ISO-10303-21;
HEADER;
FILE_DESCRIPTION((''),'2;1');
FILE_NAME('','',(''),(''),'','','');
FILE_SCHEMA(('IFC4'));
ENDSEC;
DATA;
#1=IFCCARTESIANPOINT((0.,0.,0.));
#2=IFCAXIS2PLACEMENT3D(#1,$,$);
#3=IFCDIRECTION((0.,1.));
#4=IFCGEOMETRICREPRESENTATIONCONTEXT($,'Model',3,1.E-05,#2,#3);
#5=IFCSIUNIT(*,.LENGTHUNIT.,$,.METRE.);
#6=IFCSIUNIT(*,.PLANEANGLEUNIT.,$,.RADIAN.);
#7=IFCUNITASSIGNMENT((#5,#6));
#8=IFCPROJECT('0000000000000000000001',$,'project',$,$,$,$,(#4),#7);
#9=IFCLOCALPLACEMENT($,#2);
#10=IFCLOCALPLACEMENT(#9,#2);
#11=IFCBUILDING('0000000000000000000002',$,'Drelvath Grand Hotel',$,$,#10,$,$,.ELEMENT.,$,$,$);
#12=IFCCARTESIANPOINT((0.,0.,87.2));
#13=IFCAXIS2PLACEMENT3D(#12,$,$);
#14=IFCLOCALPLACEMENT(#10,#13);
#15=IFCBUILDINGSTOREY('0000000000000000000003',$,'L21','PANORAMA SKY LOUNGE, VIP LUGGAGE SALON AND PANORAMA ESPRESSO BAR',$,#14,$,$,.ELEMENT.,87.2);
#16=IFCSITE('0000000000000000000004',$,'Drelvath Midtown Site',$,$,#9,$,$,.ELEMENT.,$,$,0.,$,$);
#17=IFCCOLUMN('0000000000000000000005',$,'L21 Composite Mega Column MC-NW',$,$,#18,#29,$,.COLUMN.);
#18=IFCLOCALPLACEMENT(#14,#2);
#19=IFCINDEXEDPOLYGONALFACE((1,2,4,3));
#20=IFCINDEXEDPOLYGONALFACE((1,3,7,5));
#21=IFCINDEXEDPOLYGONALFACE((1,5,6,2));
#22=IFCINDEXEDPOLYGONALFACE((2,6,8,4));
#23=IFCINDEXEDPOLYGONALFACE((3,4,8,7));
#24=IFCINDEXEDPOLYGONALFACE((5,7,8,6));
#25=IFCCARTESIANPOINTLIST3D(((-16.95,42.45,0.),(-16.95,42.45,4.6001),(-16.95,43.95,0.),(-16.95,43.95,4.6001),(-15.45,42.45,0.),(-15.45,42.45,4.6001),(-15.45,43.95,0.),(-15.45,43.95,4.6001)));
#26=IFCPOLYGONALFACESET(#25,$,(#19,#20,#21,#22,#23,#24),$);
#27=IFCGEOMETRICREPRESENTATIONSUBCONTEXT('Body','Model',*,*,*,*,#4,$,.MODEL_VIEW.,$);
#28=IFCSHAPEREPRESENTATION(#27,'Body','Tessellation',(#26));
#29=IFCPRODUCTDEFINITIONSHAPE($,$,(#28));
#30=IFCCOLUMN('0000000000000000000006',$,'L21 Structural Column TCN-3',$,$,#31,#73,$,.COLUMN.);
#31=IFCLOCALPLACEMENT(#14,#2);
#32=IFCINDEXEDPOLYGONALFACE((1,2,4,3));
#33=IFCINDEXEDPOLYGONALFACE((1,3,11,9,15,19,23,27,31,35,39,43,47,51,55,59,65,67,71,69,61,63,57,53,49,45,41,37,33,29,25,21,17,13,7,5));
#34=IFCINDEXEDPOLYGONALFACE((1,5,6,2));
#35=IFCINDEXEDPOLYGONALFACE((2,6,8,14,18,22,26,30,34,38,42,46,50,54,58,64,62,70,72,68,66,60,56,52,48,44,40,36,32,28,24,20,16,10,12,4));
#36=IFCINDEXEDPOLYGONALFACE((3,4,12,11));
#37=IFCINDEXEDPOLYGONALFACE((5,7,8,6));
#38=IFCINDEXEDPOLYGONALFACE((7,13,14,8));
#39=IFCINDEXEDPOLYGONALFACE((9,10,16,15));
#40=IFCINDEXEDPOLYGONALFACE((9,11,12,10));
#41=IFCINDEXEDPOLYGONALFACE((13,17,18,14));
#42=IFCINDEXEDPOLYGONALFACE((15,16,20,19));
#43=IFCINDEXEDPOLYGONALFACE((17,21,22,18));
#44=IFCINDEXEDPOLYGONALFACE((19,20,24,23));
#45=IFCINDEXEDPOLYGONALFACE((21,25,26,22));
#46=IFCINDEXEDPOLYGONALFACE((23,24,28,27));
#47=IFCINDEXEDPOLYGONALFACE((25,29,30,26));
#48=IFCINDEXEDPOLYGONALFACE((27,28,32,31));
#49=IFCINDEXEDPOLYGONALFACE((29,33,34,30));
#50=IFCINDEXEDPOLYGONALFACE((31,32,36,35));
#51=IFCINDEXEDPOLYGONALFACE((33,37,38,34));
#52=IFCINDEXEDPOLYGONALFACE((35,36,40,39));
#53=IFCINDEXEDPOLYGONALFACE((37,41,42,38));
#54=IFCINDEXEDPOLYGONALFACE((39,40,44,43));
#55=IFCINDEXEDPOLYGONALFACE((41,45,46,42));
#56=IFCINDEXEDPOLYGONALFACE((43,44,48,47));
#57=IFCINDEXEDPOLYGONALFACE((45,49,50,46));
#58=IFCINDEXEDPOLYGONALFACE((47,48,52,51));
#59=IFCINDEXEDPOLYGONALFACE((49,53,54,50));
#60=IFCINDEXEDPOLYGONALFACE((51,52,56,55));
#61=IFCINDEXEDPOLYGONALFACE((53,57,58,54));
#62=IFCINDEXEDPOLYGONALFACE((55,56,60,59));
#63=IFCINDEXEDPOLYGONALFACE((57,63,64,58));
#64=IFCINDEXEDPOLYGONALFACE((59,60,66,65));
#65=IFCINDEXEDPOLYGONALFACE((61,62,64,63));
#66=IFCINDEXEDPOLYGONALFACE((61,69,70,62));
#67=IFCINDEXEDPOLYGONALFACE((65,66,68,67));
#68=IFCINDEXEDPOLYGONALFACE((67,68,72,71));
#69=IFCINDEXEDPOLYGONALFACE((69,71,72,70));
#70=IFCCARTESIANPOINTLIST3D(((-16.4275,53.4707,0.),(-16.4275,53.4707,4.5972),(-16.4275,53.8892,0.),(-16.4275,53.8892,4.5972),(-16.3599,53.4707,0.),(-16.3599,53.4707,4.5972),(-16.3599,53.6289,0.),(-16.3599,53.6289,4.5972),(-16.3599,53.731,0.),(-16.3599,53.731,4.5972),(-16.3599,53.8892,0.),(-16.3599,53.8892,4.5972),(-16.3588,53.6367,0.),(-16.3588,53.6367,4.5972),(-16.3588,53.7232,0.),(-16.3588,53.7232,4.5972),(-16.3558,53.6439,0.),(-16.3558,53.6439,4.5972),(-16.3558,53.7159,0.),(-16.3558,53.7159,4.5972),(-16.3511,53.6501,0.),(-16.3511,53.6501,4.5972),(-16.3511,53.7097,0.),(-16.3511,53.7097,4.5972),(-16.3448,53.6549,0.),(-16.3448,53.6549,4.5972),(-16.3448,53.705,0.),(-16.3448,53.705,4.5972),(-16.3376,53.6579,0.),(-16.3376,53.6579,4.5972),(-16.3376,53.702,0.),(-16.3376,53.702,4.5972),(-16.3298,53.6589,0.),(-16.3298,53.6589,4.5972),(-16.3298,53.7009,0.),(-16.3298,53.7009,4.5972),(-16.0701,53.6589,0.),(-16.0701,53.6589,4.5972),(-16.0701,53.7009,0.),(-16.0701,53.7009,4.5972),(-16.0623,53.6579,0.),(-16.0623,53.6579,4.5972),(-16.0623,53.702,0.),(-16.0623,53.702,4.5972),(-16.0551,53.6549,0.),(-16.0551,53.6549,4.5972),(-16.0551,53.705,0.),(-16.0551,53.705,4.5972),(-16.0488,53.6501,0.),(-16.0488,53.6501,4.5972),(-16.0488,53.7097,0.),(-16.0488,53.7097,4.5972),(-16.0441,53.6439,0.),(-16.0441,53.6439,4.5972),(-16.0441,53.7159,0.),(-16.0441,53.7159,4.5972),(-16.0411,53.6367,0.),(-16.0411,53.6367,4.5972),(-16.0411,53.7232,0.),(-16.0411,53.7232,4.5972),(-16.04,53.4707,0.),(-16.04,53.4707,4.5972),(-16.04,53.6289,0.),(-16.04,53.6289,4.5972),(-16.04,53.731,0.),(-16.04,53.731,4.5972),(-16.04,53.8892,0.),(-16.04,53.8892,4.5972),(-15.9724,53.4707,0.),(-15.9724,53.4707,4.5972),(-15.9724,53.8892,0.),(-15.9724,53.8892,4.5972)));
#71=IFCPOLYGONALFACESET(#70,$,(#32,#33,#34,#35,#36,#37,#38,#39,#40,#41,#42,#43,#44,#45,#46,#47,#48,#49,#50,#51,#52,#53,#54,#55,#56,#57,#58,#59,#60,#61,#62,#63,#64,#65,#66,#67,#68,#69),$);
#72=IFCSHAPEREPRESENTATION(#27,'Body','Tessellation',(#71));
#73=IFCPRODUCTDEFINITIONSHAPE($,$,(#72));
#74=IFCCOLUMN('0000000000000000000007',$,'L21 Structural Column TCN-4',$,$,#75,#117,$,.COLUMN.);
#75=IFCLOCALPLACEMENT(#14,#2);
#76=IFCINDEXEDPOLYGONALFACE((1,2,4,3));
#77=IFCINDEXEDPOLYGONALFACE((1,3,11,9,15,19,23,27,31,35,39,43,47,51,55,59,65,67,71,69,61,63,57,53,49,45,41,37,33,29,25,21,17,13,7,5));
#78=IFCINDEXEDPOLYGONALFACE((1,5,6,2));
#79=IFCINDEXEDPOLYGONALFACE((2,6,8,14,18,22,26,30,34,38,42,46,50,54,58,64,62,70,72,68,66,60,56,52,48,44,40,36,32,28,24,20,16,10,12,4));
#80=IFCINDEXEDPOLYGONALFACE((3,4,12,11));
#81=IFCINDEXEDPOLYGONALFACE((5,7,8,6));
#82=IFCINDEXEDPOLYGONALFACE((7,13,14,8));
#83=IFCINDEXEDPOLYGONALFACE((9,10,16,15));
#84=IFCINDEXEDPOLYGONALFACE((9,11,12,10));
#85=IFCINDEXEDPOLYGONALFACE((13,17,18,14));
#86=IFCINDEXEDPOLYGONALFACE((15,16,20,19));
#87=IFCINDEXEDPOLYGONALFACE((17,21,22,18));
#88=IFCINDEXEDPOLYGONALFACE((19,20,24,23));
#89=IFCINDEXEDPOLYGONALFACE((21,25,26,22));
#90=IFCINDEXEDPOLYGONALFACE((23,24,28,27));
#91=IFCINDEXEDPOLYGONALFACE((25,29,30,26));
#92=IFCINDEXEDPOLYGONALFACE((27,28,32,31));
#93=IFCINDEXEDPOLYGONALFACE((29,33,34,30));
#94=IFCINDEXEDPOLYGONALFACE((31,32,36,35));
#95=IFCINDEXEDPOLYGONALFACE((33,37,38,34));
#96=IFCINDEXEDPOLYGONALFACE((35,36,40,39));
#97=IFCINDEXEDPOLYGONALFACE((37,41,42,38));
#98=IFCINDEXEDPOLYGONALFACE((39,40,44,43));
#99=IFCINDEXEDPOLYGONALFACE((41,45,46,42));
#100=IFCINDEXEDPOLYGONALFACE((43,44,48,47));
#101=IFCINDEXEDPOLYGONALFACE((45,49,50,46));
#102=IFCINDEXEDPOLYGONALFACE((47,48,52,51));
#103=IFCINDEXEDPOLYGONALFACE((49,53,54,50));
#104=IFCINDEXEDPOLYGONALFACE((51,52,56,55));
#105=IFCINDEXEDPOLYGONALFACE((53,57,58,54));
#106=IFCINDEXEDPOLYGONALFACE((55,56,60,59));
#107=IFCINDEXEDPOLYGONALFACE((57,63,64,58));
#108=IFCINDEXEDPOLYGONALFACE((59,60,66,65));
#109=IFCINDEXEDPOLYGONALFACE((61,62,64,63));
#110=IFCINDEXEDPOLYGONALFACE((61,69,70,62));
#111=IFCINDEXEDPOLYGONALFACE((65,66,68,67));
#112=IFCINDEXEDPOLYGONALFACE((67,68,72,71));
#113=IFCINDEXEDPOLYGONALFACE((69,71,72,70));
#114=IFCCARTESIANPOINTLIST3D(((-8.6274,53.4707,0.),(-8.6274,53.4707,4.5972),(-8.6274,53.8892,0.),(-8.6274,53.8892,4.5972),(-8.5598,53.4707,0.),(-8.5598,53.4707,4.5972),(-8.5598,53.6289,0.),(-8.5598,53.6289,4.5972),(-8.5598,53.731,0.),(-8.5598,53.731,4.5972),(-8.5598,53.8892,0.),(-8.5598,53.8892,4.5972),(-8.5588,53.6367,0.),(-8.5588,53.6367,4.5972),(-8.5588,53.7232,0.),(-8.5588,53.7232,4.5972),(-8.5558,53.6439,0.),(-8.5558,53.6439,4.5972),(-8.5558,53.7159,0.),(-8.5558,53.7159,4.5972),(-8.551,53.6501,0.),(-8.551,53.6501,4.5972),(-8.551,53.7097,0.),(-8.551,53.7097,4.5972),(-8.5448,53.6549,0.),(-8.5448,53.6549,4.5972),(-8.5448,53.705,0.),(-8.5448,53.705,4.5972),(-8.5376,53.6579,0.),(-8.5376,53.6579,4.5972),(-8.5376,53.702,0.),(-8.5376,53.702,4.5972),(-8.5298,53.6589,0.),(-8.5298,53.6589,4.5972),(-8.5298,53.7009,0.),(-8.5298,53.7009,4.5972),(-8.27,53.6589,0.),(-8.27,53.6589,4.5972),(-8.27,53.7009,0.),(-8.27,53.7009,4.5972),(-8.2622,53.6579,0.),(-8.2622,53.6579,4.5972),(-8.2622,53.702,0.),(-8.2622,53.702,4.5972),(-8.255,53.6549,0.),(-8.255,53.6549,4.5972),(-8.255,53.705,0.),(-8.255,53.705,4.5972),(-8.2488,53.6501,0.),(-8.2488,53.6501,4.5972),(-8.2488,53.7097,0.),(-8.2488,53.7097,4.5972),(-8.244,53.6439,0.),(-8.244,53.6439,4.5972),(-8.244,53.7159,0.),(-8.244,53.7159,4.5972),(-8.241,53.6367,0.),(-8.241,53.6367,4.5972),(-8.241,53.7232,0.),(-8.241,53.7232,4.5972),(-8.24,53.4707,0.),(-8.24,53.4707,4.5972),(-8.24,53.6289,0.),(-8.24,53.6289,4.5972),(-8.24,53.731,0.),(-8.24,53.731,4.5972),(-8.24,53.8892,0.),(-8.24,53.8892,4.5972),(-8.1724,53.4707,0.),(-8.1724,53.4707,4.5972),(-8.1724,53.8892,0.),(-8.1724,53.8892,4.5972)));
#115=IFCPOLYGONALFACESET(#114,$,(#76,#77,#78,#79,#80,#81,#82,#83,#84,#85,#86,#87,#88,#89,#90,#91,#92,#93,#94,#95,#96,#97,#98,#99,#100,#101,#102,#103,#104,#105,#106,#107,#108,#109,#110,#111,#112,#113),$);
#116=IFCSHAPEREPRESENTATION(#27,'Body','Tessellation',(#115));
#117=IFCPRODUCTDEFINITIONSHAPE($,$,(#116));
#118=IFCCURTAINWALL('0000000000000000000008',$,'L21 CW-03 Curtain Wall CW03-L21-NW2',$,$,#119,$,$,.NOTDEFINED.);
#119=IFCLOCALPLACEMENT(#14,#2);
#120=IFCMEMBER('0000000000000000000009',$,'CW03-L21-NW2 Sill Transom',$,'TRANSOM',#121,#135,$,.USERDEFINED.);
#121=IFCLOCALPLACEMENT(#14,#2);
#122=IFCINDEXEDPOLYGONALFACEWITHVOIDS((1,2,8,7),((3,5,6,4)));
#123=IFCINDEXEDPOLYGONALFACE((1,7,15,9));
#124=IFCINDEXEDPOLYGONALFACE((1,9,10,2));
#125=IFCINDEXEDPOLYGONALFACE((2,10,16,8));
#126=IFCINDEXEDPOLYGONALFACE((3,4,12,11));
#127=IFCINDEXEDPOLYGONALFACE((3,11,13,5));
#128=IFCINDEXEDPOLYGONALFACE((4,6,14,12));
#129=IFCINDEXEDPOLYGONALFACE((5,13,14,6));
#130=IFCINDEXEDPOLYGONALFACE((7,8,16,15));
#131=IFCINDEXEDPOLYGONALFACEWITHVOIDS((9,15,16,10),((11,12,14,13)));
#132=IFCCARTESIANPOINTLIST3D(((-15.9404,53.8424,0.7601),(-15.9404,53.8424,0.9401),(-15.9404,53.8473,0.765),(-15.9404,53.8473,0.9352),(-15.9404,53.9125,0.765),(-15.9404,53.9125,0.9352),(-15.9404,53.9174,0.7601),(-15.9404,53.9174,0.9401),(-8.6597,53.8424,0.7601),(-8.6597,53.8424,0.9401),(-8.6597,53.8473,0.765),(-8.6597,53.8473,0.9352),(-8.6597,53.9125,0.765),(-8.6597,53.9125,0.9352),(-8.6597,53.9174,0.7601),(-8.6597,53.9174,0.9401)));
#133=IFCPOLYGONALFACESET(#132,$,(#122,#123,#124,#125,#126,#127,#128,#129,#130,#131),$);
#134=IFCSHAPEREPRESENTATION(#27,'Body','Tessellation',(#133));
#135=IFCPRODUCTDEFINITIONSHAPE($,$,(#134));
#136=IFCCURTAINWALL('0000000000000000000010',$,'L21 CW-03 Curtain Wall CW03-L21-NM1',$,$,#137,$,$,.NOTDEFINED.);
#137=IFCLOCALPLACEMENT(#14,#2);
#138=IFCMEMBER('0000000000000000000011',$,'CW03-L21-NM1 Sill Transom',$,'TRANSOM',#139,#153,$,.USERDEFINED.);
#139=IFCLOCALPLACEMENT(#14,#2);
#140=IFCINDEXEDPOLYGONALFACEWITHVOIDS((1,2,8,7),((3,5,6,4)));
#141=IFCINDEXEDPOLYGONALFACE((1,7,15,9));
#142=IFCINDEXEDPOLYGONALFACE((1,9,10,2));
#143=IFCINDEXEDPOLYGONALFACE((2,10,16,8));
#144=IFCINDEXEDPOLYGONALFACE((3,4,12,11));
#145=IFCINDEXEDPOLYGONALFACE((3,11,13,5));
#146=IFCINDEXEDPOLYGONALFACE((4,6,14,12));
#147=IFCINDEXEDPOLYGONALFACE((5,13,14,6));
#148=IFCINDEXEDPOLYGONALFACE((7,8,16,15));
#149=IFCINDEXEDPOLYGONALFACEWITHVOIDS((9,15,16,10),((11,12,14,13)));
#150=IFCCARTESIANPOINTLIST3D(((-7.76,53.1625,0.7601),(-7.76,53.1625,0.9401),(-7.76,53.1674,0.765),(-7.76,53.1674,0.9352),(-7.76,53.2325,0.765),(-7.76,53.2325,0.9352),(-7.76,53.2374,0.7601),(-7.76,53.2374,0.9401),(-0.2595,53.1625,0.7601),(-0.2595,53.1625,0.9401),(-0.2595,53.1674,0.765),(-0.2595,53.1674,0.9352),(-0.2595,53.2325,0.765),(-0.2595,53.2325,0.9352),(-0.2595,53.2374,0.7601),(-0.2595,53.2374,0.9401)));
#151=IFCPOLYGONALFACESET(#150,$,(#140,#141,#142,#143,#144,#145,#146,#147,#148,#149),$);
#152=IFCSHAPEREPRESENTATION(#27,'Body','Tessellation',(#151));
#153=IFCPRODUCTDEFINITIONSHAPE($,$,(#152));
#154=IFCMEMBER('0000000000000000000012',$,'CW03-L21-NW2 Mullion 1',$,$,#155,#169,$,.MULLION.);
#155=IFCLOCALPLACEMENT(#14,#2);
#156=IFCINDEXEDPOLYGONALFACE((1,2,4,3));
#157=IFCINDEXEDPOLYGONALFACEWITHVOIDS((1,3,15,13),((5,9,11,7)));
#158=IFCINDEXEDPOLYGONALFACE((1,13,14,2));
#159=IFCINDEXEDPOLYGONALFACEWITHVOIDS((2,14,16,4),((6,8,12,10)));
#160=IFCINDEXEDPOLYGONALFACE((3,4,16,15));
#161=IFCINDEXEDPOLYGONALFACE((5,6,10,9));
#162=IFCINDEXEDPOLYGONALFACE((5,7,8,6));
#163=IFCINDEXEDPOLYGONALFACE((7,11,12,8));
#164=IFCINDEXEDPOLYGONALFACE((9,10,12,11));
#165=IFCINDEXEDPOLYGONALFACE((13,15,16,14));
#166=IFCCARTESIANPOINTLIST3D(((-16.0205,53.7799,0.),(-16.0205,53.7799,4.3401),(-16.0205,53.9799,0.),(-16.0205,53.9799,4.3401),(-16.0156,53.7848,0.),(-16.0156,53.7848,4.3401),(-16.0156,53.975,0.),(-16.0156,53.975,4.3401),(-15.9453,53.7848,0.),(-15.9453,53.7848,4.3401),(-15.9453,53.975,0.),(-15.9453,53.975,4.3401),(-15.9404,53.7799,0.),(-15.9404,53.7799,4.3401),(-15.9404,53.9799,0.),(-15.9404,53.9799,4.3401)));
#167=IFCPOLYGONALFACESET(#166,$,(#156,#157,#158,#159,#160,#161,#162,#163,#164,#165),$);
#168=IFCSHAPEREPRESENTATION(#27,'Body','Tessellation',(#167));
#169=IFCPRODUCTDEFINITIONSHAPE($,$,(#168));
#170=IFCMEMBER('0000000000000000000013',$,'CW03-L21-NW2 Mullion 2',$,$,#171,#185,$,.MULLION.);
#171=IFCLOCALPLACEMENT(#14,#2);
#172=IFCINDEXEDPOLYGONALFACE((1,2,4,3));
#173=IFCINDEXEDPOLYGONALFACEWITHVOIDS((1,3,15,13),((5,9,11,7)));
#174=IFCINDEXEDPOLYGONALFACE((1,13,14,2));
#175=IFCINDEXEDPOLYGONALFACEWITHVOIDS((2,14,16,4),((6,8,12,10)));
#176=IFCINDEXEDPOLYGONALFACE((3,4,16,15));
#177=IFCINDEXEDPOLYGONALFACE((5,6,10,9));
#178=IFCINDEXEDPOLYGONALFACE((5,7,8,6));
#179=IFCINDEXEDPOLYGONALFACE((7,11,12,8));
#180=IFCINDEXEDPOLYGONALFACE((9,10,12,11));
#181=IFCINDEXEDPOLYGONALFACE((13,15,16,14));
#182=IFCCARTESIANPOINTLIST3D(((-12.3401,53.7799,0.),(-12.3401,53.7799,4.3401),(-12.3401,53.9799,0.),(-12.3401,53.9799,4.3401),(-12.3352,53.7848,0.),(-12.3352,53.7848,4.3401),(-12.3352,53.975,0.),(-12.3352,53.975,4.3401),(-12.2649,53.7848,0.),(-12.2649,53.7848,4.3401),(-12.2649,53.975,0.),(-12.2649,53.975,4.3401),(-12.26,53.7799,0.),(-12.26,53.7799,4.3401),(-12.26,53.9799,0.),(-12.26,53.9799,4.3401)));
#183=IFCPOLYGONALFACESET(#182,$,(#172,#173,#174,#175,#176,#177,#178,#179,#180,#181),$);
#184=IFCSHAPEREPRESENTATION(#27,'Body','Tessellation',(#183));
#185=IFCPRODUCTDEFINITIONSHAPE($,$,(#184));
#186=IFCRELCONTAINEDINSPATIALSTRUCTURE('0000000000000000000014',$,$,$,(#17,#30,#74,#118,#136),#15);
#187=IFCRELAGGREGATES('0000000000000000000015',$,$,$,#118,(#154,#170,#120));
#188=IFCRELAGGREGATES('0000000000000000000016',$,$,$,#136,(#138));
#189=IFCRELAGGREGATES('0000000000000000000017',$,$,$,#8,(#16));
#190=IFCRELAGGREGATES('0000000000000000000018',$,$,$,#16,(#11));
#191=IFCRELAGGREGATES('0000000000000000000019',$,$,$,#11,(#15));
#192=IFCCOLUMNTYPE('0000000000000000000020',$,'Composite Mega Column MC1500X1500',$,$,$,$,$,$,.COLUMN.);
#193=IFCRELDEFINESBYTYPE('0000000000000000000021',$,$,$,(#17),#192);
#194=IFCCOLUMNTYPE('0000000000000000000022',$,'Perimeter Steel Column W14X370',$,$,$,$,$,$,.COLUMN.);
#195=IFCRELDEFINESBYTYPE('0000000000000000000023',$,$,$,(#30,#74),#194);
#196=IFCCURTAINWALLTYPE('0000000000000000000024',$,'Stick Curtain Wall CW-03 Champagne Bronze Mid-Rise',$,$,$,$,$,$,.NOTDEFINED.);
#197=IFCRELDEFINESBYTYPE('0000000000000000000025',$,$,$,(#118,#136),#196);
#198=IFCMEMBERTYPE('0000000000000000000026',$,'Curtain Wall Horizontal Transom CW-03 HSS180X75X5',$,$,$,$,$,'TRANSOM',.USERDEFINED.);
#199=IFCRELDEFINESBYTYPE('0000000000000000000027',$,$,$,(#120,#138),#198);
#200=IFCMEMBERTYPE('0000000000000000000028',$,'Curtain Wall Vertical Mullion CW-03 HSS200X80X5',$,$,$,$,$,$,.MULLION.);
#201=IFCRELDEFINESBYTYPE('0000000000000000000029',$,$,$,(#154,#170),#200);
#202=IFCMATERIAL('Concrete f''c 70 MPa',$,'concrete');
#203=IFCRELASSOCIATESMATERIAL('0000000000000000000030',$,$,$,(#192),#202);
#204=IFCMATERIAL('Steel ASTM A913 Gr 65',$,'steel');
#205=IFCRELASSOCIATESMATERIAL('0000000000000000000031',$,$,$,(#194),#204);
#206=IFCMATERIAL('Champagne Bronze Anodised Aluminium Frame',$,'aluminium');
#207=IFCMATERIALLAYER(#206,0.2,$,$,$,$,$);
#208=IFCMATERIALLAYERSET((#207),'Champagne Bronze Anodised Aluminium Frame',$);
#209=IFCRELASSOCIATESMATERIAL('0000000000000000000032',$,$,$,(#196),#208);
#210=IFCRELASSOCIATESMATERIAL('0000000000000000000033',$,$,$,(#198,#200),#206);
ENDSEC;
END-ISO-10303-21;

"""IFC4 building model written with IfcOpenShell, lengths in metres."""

from ifc_helpers import new_model, si_unit, direction, frame, origin, origin_2d, place, context, subcontext, project, spatial, rectangle, hollow_rectangle, i_section, extrude, material, layer, layer_set, material_profile, profile_set, type_object, element, aggregate, save


model = new_model("IFC4")

# Units and contexts
model_context = context("Model", 3, precision=1e-05, world=origin(), true_north=direction((0.0, 1.0)))
body_context = subcontext(model_context, "Body", "Model", "MODEL_VIEW")
ifc_project = project(units=[si_unit("LENGTHUNIT", "METRE"), si_unit("PLANEANGLEUNIT", "RADIAN")], contexts=[model_context])

# Site, building, storey
site_placement = place(None, origin())
site = spatial("IfcSite", under=ifc_project, at=site_placement, Name="Drelvath Midtown Site", CompositionType="ELEMENT", RefElevation=0.0)
building_placement = place(site_placement, origin())
building = spatial("IfcBuilding", under=site, at=building_placement, Name="Drelvath Grand Hotel", CompositionType="ELEMENT")
storey_placement = place(building_placement, frame((0.0, 0.0, 87.2)))
storey = spatial("IfcBuildingStorey", under=building, at=storey_placement, Name="L21", Description="PANORAMA SKY LOUNGE, VIP LUGGAGE SALON AND PANORAMA ESPRESSO BAR", CompositionType="ELEMENT", Elevation=87.2)

# Columns
ifc_material_1 = material(Name="Concrete f'c 70 MPa", Category="concrete")
ifc_material_profile_1 = material_profile(ifc_material_1, rectangle(XDim=1.5, YDim=1.5, at=origin_2d()), Name="MC1500X1500")
ifc_profile_set_1 = profile_set([ifc_material_profile_1], Name="Concrete f'c 70 MPa")
column_type_1 = type_object("IfcColumnType", Name="Composite Mega Column MC1500X1500", PredefinedType="COLUMN", material=ifc_profile_set_1)
column_placement = place(storey_placement, frame((-16.2, 43.2, 0.0), z_axis=(0.0, 0.0, 1.0), x_axis=(1.0, 0.0, 0.0)))
element("IfcColumn", 1, at=column_placement, inside=storey, type_object=column_type_1, Name="L21 Composite Mega Column MC-NW", PredefinedType="COLUMN", context=body_context, shape_type="SweptSolid", body=[
    extrude(rectangle(XDim=1.5, YDim=1.5, at=origin_2d()), origin(), (0.0, 0.0, 1.0), 4.6001),
])
ifc_material_2 = material(Name="Steel ASTM A913 Gr 65", Category="steel")
ifc_material_profile_2 = material_profile(ifc_material_2, i_section(OverallWidth=0.4185, OverallDepth=0.4551, WebThickness=0.042, FlangeThickness=0.0676, FilletRadius=0.03, at=origin_2d()), Name="W14X370")
ifc_profile_set_2 = profile_set([ifc_material_profile_2], Name="Steel ASTM A913 Gr 65")
column_type_2 = type_object("IfcColumnType", Name="Perimeter Steel Column W14X370", PredefinedType="COLUMN", material=ifc_profile_set_2)
for number, where, z_axis, x_axis, name in (
    (2, (-16.2, 53.6799, 0.0), (0.0, 0.0, 1.0), (0.0, 1.0, 0.0), "L21 Structural Column TCN-3"),
    (3, (-8.3999, 53.6799, 0.0), (0.0, 0.0, 1.0), (0.0, 1.0, 0.0), "L21 Structural Column TCN-4"),
):
    element("IfcColumn", number, at=place(storey_placement, frame(where, z_axis=z_axis, x_axis=x_axis)), inside=storey, type_object=column_type_2, Name=name, PredefinedType="COLUMN", context=body_context, shape_type="SweptSolid", body=[
        extrude(i_section(OverallWidth=0.4185, OverallDepth=0.4551, WebThickness=0.042, FlangeThickness=0.0676, FilletRadius=0.03, at=origin_2d()), origin(), (0.0, 0.0, 1.0), 4.5972),
    ])

# Curtain walls, members
ifc_material_3 = material(Name="Champagne Bronze Anodised Aluminium Frame", Category="aluminium")
ifc_layer_1 = layer(ifc_material_3, 0.2)
ifc_layer_set_1 = layer_set([ifc_layer_1], Name="Champagne Bronze Anodised Aluminium Frame")
curtain_wall_type = type_object("IfcCurtainWallType", Name="Stick Curtain Wall CW-03 Champagne Bronze Mid-Rise", PredefinedType="NOTDEFINED", material=ifc_layer_set_1)
curtain_wall_1_placement = place(storey_placement, origin())
curtain_wall_1 = element("IfcCurtainWall", 4, at=curtain_wall_1_placement, inside=storey, type_object=curtain_wall_type, Name="L21 CW-03 Curtain Wall CW03-L21-NW2", PredefinedType="NOTDEFINED")
ifc_material_profile_3 = material_profile(ifc_material_3, hollow_rectangle(XDim=0.075, YDim=0.1799, WallThickness=0.0049, at=origin_2d()), Name="HSS180X75X5")
ifc_profile_set_3 = profile_set([ifc_material_profile_3], Name="Champagne Bronze Anodised Aluminium Frame")
member_type_1 = type_object("IfcMemberType", Name="Curtain Wall Horizontal Transom CW-03 HSS180X75X5", ElementType="TRANSOM", PredefinedType="USERDEFINED", material=ifc_profile_set_3)
member_1_placement = place(storey_placement, frame((-15.9404, 53.8799, 0.8501), z_axis=(1.0, 0.0, 0.0), x_axis=(0.0, 1.0, 0.0)))
member_1 = element("IfcMember", 5, at=member_1_placement, type_object=member_type_1, Name="CW03-L21-NW2 Sill Transom", ObjectType="TRANSOM", PredefinedType="USERDEFINED", context=body_context, shape_type="SweptSolid", body=[
    extrude(hollow_rectangle(XDim=0.075, YDim=0.1799, WallThickness=0.0049, at=origin_2d()), origin(), (0.0, 0.0, 1.0), 7.2808),
])
curtain_wall_2_placement = place(storey_placement, origin())
curtain_wall_2 = element("IfcCurtainWall", 6, at=curtain_wall_2_placement, inside=storey, type_object=curtain_wall_type, Name="L21 CW-03 Curtain Wall CW03-L21-NM1", PredefinedType="NOTDEFINED")
member_2_placement = place(storey_placement, frame((-7.76, 53.2, 0.8501), z_axis=(1.0, 0.0, 0.0), x_axis=(0.0, 1.0, 0.0)))
member_2 = element("IfcMember", 7, at=member_2_placement, type_object=member_type_1, Name="CW03-L21-NM1 Sill Transom", ObjectType="TRANSOM", PredefinedType="USERDEFINED", context=body_context, shape_type="SweptSolid", body=[
    extrude(hollow_rectangle(XDim=0.075, YDim=0.1799, WallThickness=0.0049, at=origin_2d()), origin(), (0.0, 0.0, 1.0), 7.5005),
])

# Members
ifc_material_profile_4 = material_profile(ifc_material_3, hollow_rectangle(XDim=0.0801, YDim=0.2, WallThickness=0.0049, at=origin_2d()), Name="HSS200X80X5")
ifc_profile_set_4 = profile_set([ifc_material_profile_4], Name="Champagne Bronze Anodised Aluminium Frame")
member_type_2 = type_object("IfcMemberType", Name="Curtain Wall Vertical Mullion CW-03 HSS200X80X5", PredefinedType="MULLION", material=ifc_profile_set_4)
member_3_placement = place(storey_placement, frame((-15.9805, 53.8799, 0.0), z_axis=(0.0, 0.0, 1.0), x_axis=(1.0, 0.0, 0.0)))
member_3 = element("IfcMember", 8, at=member_3_placement, type_object=member_type_2, Name="CW03-L21-NW2 Mullion 1", PredefinedType="MULLION", context=body_context, shape_type="SweptSolid", body=[
    extrude(hollow_rectangle(XDim=0.0801, YDim=0.2, WallThickness=0.0049, at=origin_2d()), origin(), (0.0, 0.0, 1.0), 4.3401),
])
member_4_placement = place(storey_placement, frame((-12.3, 53.8799, 0.0), z_axis=(0.0, 0.0, 1.0), x_axis=(1.0, 0.0, 0.0)))
member_4 = element("IfcMember", 9, at=member_4_placement, type_object=member_type_2, Name="CW03-L21-NW2 Mullion 2", PredefinedType="MULLION", context=body_context, shape_type="SweptSolid", body=[
    extrude(hollow_rectangle(XDim=0.0801, YDim=0.2, WallThickness=0.0049, at=origin_2d()), origin(), (0.0, 0.0, 1.0), 4.3401),
])

aggregate(curtain_wall_1, [member_3, member_4, member_1])
aggregate(curtain_wall_2, [member_2])

save(model, "model.ifc")
